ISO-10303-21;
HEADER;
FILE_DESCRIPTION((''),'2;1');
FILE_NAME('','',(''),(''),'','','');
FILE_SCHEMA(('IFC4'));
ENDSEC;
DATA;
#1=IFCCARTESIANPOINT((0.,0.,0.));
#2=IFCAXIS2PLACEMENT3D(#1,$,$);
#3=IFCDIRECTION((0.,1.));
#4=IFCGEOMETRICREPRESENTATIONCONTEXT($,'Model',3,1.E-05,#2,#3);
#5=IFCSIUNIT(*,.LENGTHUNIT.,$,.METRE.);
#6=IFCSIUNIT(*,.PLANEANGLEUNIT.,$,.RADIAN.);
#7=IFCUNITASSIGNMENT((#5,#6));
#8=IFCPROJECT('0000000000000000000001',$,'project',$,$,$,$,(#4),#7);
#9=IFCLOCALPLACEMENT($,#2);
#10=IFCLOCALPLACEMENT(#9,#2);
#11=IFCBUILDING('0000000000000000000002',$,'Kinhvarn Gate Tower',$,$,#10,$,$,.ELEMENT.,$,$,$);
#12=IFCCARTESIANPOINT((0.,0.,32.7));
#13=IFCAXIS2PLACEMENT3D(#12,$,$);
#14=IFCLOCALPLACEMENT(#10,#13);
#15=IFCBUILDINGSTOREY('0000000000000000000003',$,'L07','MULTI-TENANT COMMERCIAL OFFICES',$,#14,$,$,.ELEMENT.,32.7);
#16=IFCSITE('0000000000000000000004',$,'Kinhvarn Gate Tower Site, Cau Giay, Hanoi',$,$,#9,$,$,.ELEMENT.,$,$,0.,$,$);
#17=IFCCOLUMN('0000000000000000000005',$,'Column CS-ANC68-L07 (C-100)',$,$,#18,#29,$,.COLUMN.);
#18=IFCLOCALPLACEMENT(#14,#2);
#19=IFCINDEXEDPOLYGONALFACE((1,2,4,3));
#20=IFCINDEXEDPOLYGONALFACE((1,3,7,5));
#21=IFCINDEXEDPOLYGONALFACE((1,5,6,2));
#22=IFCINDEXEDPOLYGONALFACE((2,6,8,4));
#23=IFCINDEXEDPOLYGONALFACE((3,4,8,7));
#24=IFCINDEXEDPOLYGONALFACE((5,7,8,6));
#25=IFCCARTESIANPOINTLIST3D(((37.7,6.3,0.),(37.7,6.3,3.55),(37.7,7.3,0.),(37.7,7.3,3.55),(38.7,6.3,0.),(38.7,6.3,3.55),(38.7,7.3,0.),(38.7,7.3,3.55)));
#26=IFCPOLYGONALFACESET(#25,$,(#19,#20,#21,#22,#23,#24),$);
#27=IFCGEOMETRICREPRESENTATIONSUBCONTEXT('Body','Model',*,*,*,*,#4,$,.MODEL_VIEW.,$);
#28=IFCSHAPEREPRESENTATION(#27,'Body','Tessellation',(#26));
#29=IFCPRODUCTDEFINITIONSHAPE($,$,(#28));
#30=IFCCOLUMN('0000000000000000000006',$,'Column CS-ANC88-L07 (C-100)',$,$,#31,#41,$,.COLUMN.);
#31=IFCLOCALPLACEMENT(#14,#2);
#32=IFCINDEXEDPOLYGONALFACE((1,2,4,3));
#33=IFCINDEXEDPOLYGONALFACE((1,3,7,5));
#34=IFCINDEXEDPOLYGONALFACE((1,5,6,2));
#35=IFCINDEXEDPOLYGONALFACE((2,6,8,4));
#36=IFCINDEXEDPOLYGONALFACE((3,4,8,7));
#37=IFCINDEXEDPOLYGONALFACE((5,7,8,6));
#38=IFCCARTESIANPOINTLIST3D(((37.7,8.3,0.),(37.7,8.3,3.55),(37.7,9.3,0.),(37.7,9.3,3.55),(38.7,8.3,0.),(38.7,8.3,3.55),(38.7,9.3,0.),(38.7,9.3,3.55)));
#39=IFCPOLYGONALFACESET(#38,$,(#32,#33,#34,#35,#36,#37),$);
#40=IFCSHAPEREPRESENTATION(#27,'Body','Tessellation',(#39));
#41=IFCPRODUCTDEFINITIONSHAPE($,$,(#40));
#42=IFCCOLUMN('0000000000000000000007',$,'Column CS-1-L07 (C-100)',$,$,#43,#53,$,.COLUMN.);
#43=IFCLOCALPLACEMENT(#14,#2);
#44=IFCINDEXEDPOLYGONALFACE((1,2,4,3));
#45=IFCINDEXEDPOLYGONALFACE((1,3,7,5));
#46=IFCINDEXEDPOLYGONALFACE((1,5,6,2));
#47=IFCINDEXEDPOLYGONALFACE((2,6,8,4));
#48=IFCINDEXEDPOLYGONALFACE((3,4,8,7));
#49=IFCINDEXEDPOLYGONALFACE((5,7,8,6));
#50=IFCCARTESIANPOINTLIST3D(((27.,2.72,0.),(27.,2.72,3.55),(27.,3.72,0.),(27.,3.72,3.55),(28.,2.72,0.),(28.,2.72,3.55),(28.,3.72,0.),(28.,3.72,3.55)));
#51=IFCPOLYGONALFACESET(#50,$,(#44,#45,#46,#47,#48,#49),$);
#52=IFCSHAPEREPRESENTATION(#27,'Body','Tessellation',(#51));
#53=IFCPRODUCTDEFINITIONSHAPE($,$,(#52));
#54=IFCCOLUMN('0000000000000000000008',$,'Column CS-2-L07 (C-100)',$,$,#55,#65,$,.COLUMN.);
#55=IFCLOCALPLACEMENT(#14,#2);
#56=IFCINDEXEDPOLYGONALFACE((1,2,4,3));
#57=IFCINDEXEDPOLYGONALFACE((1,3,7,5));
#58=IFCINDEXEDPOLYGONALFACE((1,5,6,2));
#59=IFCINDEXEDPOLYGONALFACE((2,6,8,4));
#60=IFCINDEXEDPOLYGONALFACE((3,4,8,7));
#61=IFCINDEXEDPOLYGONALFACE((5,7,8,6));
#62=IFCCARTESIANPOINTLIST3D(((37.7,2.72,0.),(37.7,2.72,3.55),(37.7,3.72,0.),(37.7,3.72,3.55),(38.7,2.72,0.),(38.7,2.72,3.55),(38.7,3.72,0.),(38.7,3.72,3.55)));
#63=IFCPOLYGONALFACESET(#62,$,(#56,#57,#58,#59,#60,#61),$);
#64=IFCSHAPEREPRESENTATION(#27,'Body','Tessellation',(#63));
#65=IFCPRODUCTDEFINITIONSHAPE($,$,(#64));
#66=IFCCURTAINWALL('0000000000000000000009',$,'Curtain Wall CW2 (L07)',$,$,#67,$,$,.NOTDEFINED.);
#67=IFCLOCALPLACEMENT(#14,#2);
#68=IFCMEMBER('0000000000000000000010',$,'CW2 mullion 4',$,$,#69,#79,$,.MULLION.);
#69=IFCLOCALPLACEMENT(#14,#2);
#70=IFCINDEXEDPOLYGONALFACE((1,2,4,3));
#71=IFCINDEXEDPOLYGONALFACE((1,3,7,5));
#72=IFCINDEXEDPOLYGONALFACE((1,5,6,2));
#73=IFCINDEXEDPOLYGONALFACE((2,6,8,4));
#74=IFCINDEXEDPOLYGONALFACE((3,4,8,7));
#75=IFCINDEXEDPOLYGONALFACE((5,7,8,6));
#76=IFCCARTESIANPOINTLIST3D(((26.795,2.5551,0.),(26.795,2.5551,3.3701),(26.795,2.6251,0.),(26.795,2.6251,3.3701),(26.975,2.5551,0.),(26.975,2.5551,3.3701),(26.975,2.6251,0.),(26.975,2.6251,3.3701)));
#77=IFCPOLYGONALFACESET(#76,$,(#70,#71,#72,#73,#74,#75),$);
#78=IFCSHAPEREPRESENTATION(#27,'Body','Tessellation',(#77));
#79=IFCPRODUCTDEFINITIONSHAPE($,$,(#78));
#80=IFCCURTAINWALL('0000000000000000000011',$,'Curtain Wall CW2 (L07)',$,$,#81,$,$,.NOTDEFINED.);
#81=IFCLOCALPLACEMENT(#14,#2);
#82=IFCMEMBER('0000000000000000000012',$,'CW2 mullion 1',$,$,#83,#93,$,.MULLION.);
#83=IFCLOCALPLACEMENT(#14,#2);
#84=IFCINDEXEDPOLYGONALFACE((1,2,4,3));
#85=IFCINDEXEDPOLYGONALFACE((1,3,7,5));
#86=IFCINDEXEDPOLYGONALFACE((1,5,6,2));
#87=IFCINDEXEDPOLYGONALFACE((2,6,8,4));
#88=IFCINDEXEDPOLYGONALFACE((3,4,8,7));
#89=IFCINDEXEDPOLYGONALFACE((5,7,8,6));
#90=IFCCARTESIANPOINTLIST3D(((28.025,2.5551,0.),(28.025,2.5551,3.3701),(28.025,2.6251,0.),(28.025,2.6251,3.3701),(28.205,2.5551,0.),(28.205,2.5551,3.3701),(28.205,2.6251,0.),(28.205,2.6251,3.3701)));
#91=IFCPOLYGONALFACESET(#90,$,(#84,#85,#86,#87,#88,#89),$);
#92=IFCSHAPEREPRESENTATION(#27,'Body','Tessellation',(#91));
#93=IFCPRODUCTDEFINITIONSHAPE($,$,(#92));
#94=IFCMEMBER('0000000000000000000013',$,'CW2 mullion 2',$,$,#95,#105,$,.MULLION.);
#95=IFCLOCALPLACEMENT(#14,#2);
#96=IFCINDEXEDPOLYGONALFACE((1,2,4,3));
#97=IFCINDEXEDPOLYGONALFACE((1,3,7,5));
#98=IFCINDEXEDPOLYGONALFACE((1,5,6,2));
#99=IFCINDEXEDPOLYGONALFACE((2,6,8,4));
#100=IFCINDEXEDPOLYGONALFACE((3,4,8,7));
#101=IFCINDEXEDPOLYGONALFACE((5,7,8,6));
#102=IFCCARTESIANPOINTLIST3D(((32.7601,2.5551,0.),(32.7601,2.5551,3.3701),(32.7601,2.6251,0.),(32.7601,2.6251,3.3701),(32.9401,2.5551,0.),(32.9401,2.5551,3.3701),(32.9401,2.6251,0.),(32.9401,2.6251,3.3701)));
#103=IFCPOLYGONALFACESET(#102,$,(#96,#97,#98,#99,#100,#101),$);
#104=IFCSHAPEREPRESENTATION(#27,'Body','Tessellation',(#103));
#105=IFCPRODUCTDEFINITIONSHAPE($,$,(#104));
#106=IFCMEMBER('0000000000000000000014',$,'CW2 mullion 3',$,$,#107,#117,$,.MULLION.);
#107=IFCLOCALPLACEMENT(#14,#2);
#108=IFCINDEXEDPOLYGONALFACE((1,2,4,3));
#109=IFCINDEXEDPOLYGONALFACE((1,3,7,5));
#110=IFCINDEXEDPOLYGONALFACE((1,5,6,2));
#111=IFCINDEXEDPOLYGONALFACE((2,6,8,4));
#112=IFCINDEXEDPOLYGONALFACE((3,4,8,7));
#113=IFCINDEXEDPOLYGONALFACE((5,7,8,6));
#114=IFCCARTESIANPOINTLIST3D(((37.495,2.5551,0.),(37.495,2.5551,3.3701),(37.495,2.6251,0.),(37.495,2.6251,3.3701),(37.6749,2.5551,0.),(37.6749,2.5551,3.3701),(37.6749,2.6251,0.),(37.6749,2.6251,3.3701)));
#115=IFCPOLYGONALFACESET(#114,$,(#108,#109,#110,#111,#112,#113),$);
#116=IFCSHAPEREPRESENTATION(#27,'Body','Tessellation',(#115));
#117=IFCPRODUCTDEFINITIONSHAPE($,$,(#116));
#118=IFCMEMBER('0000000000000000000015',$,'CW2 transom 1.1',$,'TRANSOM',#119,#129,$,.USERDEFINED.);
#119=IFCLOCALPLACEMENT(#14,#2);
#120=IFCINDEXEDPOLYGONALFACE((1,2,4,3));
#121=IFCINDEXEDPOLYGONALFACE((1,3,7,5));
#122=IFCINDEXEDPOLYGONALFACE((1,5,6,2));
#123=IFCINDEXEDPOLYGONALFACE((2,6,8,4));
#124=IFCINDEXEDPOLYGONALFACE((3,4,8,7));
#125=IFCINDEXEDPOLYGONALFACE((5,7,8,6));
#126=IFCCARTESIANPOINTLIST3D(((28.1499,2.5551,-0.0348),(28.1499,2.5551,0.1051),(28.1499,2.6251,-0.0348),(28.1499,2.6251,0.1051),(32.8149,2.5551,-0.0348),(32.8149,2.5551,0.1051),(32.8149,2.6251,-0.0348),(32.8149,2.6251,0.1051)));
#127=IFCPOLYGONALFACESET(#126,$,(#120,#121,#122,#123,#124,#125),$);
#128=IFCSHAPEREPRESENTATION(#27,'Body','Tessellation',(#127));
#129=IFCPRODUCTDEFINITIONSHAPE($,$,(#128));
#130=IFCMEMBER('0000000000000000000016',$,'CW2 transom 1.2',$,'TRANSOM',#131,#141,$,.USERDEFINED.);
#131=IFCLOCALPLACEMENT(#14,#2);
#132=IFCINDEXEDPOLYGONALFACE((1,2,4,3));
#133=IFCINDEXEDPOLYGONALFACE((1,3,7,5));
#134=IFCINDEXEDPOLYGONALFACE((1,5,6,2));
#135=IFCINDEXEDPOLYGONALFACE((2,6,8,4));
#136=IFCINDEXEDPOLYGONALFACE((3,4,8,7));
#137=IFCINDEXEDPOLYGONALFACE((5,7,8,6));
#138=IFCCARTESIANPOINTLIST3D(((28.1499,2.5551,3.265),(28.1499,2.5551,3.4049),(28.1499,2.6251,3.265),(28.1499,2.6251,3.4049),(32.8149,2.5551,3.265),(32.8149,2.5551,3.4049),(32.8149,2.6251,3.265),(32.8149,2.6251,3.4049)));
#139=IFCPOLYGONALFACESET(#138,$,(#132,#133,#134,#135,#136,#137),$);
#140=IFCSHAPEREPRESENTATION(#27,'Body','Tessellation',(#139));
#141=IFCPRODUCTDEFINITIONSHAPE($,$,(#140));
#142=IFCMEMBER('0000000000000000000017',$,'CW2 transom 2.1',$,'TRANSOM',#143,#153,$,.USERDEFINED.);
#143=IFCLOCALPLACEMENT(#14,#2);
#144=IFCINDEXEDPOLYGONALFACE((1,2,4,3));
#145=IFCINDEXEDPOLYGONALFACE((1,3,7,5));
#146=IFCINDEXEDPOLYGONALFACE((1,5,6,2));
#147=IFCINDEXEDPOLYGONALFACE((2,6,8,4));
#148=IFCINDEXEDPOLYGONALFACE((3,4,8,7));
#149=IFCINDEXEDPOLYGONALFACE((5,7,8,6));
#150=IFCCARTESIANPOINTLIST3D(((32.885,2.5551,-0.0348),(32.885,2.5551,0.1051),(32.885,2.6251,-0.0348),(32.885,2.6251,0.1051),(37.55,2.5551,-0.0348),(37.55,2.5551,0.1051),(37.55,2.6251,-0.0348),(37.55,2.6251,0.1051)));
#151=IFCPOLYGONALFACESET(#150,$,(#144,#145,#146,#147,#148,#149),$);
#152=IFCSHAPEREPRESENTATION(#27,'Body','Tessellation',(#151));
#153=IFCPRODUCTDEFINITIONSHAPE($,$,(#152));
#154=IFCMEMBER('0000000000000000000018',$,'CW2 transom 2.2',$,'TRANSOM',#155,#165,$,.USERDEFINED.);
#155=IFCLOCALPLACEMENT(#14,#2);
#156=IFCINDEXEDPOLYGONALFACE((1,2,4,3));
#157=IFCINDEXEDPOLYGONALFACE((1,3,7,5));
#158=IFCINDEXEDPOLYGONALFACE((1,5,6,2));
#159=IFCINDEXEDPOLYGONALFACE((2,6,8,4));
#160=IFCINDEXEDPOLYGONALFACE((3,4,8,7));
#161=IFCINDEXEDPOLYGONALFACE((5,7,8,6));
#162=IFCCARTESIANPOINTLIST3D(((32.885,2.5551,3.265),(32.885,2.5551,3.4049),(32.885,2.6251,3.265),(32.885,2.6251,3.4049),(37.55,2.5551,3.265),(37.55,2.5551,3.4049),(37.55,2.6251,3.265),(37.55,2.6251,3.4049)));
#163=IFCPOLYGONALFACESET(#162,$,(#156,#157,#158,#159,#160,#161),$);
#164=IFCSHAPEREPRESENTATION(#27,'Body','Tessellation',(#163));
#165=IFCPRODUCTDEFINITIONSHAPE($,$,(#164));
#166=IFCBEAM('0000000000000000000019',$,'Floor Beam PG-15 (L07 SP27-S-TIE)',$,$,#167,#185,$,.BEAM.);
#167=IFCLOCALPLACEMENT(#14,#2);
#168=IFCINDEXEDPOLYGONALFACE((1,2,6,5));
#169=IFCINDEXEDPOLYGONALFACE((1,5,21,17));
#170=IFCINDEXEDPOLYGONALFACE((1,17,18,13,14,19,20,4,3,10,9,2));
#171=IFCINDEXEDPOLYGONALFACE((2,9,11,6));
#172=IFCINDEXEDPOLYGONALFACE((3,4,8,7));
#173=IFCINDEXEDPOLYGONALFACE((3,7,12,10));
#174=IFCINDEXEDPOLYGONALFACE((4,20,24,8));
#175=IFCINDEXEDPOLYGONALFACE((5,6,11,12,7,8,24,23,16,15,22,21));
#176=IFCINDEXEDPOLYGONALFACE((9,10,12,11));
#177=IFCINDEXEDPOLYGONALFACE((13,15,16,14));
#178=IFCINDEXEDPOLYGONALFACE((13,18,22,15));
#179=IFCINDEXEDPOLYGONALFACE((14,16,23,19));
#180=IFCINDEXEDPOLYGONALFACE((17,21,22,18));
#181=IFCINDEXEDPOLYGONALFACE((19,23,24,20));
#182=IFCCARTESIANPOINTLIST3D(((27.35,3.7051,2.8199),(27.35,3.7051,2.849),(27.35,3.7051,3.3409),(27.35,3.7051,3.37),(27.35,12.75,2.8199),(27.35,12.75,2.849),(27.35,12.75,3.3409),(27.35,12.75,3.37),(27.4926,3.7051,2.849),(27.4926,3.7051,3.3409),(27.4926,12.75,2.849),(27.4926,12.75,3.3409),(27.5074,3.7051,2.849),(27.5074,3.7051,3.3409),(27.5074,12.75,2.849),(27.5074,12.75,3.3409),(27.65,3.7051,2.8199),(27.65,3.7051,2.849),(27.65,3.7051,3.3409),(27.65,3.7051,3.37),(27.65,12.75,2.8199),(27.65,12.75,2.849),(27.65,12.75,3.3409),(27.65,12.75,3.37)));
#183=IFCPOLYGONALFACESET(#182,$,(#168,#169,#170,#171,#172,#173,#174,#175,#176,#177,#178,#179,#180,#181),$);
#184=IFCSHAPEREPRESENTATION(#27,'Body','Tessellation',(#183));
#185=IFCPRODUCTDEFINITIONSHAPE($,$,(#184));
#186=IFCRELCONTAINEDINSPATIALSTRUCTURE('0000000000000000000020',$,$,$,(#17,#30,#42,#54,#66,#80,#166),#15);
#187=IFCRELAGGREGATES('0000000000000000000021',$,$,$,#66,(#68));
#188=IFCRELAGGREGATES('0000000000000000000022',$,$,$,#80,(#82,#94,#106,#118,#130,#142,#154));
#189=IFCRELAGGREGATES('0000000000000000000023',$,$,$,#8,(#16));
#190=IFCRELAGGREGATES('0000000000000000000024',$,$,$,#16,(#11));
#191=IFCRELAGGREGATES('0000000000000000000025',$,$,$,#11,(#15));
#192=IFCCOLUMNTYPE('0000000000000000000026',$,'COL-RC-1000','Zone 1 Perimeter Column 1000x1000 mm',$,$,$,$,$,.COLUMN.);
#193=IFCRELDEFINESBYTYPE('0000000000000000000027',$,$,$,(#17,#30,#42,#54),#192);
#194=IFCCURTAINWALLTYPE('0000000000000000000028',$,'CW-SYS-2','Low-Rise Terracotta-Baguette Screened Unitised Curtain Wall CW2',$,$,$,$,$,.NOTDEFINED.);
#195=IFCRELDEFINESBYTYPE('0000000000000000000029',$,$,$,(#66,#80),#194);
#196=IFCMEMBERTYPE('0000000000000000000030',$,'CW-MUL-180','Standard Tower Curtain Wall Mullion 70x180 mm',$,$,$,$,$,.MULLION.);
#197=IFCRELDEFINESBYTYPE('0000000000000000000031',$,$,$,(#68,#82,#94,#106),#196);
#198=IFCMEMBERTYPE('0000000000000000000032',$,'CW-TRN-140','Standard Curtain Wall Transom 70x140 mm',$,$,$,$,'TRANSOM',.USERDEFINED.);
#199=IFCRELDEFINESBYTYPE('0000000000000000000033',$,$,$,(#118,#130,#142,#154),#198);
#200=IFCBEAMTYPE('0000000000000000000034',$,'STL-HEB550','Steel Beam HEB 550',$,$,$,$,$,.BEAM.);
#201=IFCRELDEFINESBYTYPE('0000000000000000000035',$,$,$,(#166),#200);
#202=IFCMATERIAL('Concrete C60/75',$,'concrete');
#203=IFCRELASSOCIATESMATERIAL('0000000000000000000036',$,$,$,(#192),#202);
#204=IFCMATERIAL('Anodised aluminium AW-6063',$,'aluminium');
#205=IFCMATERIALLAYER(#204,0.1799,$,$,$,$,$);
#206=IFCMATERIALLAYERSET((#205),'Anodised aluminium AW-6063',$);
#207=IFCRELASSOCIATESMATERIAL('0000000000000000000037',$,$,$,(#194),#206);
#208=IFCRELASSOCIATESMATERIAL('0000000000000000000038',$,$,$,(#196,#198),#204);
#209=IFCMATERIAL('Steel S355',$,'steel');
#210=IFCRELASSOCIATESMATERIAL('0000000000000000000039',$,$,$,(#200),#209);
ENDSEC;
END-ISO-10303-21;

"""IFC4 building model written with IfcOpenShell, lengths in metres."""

from ifc_helpers import new_model, si_unit, direction, frame, origin, origin_2d, place, context, subcontext, project, spatial, rectangle, i_section, extrude, material, layer, layer_set, material_profile, profile_set, type_object, element, aggregate, save


model = new_model("IFC4")

# Units and contexts
model_context = context("Model", 3, precision=1e-05, world=origin(), true_north=direction((0.0, 1.0)))
body_context = subcontext(model_context, "Body", "Model", "MODEL_VIEW")
ifc_project = project(units=[si_unit("LENGTHUNIT", "METRE"), si_unit("PLANEANGLEUNIT", "RADIAN")], contexts=[model_context])

# Site, building, storey
site_placement = place(None, origin())
site = spatial("IfcSite", under=ifc_project, at=site_placement, Name="Kinhvarn Gate Tower Site, Cau Giay, Hanoi", CompositionType="ELEMENT", RefElevation=0.0)
building_placement = place(site_placement, origin())
building = spatial("IfcBuilding", under=site, at=building_placement, Name="Kinhvarn Gate Tower", CompositionType="ELEMENT")
storey_placement = place(building_placement, frame((0.0, 0.0, 32.7)))
storey = spatial("IfcBuildingStorey", under=building, at=storey_placement, Name="L07", Description="MULTI-TENANT COMMERCIAL OFFICES", CompositionType="ELEMENT", Elevation=32.7)

# Columns
ifc_material_1 = material(Name="Concrete C60/75", Category="concrete")
ifc_material_profile_1 = material_profile(ifc_material_1, rectangle(XDim=1.0, YDim=1.0, at=origin_2d()), Name="RC 1000x1000")
ifc_profile_set_1 = profile_set([ifc_material_profile_1], Name="Concrete C60/75")
column_type = type_object("IfcColumnType", Name="COL-RC-1000", Description="Zone 1 Perimeter Column 1000x1000 mm", PredefinedType="COLUMN", material=ifc_profile_set_1)
for number, where, z_axis, x_axis, name in (
    (1, (38.2, 6.8, 0.0), (0.0, 0.0, 1.0), (1.0, 0.0, 0.0), "Column CS-ANC68-L07 (C-100)"),
    (2, (38.2, 8.8, 0.0), (0.0, 0.0, 1.0), (1.0, 0.0, 0.0), "Column CS-ANC88-L07 (C-100)"),
    (3, (27.5, 3.22, 0.0), (0.0, 0.0, 1.0), (1.0, 0.0, 0.0), "Column CS-1-L07 (C-100)"),
    (4, (38.2, 3.22, 0.0), (0.0, 0.0, 1.0), (1.0, 0.0, 0.0), "Column CS-2-L07 (C-100)"),
):
    element("IfcColumn", number, at=place(storey_placement, frame(where, z_axis=z_axis, x_axis=x_axis)), inside=storey, type_object=column_type, Name=name, PredefinedType="COLUMN", context=body_context, shape_type="SweptSolid", body=[
        extrude(rectangle(XDim=1.0, YDim=1.0, at=origin_2d()), origin(), (0.0, 0.0, 1.0), 3.55),
    ])

# Curtain wall, member
ifc_material_2 = material(Name="Anodised aluminium AW-6063", Category="aluminium")
ifc_layer_1 = layer(ifc_material_2, 0.1799)
ifc_layer_set_1 = layer_set([ifc_layer_1], Name="Anodised aluminium AW-6063")
curtain_wall_type = type_object("IfcCurtainWallType", Name="CW-SYS-2", Description="Low-Rise Terracotta-Baguette Screened Unitised Curtain Wall CW2", PredefinedType="NOTDEFINED", material=ifc_layer_set_1)
curtain_wall_1_placement = place(storey_placement, origin())
curtain_wall_1 = element("IfcCurtainWall", 5, at=curtain_wall_1_placement, inside=storey, type_object=curtain_wall_type, Name="Curtain Wall CW2 (L07)", PredefinedType="NOTDEFINED")
ifc_material_profile_2 = material_profile(ifc_material_2, rectangle(XDim=0.0701, YDim=0.1799, at=origin_2d()), Name="ALU 70x180")
ifc_profile_set_2 = profile_set([ifc_material_profile_2], Name="Anodised aluminium AW-6063")
member_type_1 = type_object("IfcMemberType", Name="CW-MUL-180", Description="Standard Tower Curtain Wall Mullion 70x180 mm", PredefinedType="MULLION", material=ifc_profile_set_2)
member_1_placement = place(storey_placement, frame((26.885, 2.5901, 0.0), z_axis=(0.0, 0.0, 1.0), x_axis=(0.0, 1.0, 0.0)))
member_1 = element("IfcMember", 6, at=member_1_placement, type_object=member_type_1, Name="CW2 mullion 4", PredefinedType="MULLION", context=body_context, shape_type="SweptSolid", body=[
    extrude(rectangle(XDim=0.0701, YDim=0.1799, at=origin_2d()), origin(), (0.0, 0.0, 1.0), 3.3701),
])
aggregate(curtain_wall_1, [member_1])

# Curtain wall, members
curtain_wall_2_placement = place(storey_placement, origin())
curtain_wall_2 = element("IfcCurtainWall", 7, at=curtain_wall_2_placement, inside=storey, type_object=curtain_wall_type, Name="Curtain Wall CW2 (L07)", PredefinedType="NOTDEFINED")
member_2_placement = place(storey_placement, frame((28.115, 2.5901, 0.0), z_axis=(0.0, 0.0, 1.0), x_axis=(0.0, 1.0, 0.0)))
member_2 = element("IfcMember", 8, at=member_2_placement, type_object=member_type_1, Name="CW2 mullion 1", PredefinedType="MULLION", context=body_context, shape_type="SweptSolid", body=[
    extrude(rectangle(XDim=0.0701, YDim=0.1799, at=origin_2d()), origin(), (0.0, 0.0, 1.0), 3.3701),
])
member_3_placement = place(storey_placement, frame((32.8501, 2.5901, 0.0), z_axis=(0.0, 0.0, 1.0), x_axis=(0.0, 1.0, 0.0)))
member_3 = element("IfcMember", 9, at=member_3_placement, type_object=member_type_1, Name="CW2 mullion 2", PredefinedType="MULLION", context=body_context, shape_type="SweptSolid", body=[
    extrude(rectangle(XDim=0.0701, YDim=0.1799, at=origin_2d()), origin(), (0.0, 0.0, 1.0), 3.3701),
])
member_4_placement = place(storey_placement, frame((37.585, 2.5901, 0.0), z_axis=(0.0, 0.0, 1.0), x_axis=(0.0, 1.0, 0.0)))
member_4 = element("IfcMember", 10, at=member_4_placement, type_object=member_type_1, Name="CW2 mullion 3", PredefinedType="MULLION", context=body_context, shape_type="SweptSolid", body=[
    extrude(rectangle(XDim=0.0701, YDim=0.1799, at=origin_2d()), origin(), (0.0, 0.0, 1.0), 3.3701),
])
ifc_material_profile_3 = material_profile(ifc_material_2, rectangle(XDim=0.0701, YDim=0.1399, at=origin_2d()), Name="ALU 70x140")
ifc_profile_set_3 = profile_set([ifc_material_profile_3], Name="Anodised aluminium AW-6063")
member_type_2 = type_object("IfcMemberType", Name="CW-TRN-140", Description="Standard Curtain Wall Transom 70x140 mm", ElementType="TRANSOM", PredefinedType="USERDEFINED", material=ifc_profile_set_3)
member_5_placement = place(storey_placement, frame((28.1499, 2.5901, 0.0352), z_axis=(1.0, 0.0, 0.0), x_axis=(0.0, 1.0, 0.0)))
member_5 = element("IfcMember", 11, at=member_5_placement, type_object=member_type_2, Name="CW2 transom 1.1", ObjectType="TRANSOM", PredefinedType="USERDEFINED", context=body_context, shape_type="SweptSolid", body=[
    extrude(rectangle(XDim=0.0701, YDim=0.1399, at=origin_2d()), origin(), (0.0, 0.0, 1.0), 4.665),
])
member_6_placement = place(storey_placement, frame((28.1499, 2.5901, 3.335), z_axis=(1.0, 0.0, 0.0), x_axis=(0.0, 1.0, 0.0)))
member_6 = element("IfcMember", 12, at=member_6_placement, type_object=member_type_2, Name="CW2 transom 1.2", ObjectType="TRANSOM", PredefinedType="USERDEFINED", context=body_context, shape_type="SweptSolid", body=[
    extrude(rectangle(XDim=0.0701, YDim=0.1399, at=origin_2d()), origin(), (0.0, 0.0, 1.0), 4.665),
])
member_7_placement = place(storey_placement, frame((32.885, 2.5901, 0.0352), z_axis=(1.0, 0.0, 0.0), x_axis=(0.0, 1.0, 0.0)))
member_7 = element("IfcMember", 13, at=member_7_placement, type_object=member_type_2, Name="CW2 transom 2.1", ObjectType="TRANSOM", PredefinedType="USERDEFINED", context=body_context, shape_type="SweptSolid", body=[
    extrude(rectangle(XDim=0.0701, YDim=0.1399, at=origin_2d()), origin(), (0.0, 0.0, 1.0), 4.665),
])
member_8_placement = place(storey_placement, frame((32.885, 2.5901, 3.335), z_axis=(1.0, 0.0, 0.0), x_axis=(0.0, 1.0, 0.0)))
member_8 = element("IfcMember", 14, at=member_8_placement, type_object=member_type_2, Name="CW2 transom 2.2", ObjectType="TRANSOM", PredefinedType="USERDEFINED", context=body_context, shape_type="SweptSolid", body=[
    extrude(rectangle(XDim=0.0701, YDim=0.1399, at=origin_2d()), origin(), (0.0, 0.0, 1.0), 4.665),
])

# Beam
ifc_material_3 = material(Name="Steel S355", Category="steel")
ifc_material_profile_4 = material_profile(ifc_material_3, i_section(OverallWidth=0.3, OverallDepth=0.55, WebThickness=0.0149, FlangeThickness=0.0291, at=origin_2d()), Name="HEB 550")
ifc_profile_set_4 = profile_set([ifc_material_profile_4], Name="Steel S355")
beam_type_1 = type_object("IfcBeamType", Name="STL-HEB550", Description="Steel Beam HEB 550", PredefinedType="BEAM", material=ifc_profile_set_4)
beam_1_placement = place(storey_placement, frame((27.5, 3.7051, 3.095), z_axis=(0.0, 1.0, 0.0), x_axis=(-1.0, 0.0, 0.0)))
element("IfcBeam", 15, at=beam_1_placement, inside=storey, type_object=beam_type_1, Name="Floor Beam PG-15 (L07 SP27-S-TIE)", PredefinedType="BEAM", context=body_context, shape_type="SweptSolid", body=[
    extrude(i_section(OverallWidth=0.3, OverallDepth=0.55, WebThickness=0.0149, FlangeThickness=0.0291, at=origin_2d()), origin(), (0.0, 0.0, 1.0), 9.0449),
])

aggregate(curtain_wall_2, [member_2, member_3, member_4, member_5, member_6, member_7, member_8])

save(model, "model.ifc")
